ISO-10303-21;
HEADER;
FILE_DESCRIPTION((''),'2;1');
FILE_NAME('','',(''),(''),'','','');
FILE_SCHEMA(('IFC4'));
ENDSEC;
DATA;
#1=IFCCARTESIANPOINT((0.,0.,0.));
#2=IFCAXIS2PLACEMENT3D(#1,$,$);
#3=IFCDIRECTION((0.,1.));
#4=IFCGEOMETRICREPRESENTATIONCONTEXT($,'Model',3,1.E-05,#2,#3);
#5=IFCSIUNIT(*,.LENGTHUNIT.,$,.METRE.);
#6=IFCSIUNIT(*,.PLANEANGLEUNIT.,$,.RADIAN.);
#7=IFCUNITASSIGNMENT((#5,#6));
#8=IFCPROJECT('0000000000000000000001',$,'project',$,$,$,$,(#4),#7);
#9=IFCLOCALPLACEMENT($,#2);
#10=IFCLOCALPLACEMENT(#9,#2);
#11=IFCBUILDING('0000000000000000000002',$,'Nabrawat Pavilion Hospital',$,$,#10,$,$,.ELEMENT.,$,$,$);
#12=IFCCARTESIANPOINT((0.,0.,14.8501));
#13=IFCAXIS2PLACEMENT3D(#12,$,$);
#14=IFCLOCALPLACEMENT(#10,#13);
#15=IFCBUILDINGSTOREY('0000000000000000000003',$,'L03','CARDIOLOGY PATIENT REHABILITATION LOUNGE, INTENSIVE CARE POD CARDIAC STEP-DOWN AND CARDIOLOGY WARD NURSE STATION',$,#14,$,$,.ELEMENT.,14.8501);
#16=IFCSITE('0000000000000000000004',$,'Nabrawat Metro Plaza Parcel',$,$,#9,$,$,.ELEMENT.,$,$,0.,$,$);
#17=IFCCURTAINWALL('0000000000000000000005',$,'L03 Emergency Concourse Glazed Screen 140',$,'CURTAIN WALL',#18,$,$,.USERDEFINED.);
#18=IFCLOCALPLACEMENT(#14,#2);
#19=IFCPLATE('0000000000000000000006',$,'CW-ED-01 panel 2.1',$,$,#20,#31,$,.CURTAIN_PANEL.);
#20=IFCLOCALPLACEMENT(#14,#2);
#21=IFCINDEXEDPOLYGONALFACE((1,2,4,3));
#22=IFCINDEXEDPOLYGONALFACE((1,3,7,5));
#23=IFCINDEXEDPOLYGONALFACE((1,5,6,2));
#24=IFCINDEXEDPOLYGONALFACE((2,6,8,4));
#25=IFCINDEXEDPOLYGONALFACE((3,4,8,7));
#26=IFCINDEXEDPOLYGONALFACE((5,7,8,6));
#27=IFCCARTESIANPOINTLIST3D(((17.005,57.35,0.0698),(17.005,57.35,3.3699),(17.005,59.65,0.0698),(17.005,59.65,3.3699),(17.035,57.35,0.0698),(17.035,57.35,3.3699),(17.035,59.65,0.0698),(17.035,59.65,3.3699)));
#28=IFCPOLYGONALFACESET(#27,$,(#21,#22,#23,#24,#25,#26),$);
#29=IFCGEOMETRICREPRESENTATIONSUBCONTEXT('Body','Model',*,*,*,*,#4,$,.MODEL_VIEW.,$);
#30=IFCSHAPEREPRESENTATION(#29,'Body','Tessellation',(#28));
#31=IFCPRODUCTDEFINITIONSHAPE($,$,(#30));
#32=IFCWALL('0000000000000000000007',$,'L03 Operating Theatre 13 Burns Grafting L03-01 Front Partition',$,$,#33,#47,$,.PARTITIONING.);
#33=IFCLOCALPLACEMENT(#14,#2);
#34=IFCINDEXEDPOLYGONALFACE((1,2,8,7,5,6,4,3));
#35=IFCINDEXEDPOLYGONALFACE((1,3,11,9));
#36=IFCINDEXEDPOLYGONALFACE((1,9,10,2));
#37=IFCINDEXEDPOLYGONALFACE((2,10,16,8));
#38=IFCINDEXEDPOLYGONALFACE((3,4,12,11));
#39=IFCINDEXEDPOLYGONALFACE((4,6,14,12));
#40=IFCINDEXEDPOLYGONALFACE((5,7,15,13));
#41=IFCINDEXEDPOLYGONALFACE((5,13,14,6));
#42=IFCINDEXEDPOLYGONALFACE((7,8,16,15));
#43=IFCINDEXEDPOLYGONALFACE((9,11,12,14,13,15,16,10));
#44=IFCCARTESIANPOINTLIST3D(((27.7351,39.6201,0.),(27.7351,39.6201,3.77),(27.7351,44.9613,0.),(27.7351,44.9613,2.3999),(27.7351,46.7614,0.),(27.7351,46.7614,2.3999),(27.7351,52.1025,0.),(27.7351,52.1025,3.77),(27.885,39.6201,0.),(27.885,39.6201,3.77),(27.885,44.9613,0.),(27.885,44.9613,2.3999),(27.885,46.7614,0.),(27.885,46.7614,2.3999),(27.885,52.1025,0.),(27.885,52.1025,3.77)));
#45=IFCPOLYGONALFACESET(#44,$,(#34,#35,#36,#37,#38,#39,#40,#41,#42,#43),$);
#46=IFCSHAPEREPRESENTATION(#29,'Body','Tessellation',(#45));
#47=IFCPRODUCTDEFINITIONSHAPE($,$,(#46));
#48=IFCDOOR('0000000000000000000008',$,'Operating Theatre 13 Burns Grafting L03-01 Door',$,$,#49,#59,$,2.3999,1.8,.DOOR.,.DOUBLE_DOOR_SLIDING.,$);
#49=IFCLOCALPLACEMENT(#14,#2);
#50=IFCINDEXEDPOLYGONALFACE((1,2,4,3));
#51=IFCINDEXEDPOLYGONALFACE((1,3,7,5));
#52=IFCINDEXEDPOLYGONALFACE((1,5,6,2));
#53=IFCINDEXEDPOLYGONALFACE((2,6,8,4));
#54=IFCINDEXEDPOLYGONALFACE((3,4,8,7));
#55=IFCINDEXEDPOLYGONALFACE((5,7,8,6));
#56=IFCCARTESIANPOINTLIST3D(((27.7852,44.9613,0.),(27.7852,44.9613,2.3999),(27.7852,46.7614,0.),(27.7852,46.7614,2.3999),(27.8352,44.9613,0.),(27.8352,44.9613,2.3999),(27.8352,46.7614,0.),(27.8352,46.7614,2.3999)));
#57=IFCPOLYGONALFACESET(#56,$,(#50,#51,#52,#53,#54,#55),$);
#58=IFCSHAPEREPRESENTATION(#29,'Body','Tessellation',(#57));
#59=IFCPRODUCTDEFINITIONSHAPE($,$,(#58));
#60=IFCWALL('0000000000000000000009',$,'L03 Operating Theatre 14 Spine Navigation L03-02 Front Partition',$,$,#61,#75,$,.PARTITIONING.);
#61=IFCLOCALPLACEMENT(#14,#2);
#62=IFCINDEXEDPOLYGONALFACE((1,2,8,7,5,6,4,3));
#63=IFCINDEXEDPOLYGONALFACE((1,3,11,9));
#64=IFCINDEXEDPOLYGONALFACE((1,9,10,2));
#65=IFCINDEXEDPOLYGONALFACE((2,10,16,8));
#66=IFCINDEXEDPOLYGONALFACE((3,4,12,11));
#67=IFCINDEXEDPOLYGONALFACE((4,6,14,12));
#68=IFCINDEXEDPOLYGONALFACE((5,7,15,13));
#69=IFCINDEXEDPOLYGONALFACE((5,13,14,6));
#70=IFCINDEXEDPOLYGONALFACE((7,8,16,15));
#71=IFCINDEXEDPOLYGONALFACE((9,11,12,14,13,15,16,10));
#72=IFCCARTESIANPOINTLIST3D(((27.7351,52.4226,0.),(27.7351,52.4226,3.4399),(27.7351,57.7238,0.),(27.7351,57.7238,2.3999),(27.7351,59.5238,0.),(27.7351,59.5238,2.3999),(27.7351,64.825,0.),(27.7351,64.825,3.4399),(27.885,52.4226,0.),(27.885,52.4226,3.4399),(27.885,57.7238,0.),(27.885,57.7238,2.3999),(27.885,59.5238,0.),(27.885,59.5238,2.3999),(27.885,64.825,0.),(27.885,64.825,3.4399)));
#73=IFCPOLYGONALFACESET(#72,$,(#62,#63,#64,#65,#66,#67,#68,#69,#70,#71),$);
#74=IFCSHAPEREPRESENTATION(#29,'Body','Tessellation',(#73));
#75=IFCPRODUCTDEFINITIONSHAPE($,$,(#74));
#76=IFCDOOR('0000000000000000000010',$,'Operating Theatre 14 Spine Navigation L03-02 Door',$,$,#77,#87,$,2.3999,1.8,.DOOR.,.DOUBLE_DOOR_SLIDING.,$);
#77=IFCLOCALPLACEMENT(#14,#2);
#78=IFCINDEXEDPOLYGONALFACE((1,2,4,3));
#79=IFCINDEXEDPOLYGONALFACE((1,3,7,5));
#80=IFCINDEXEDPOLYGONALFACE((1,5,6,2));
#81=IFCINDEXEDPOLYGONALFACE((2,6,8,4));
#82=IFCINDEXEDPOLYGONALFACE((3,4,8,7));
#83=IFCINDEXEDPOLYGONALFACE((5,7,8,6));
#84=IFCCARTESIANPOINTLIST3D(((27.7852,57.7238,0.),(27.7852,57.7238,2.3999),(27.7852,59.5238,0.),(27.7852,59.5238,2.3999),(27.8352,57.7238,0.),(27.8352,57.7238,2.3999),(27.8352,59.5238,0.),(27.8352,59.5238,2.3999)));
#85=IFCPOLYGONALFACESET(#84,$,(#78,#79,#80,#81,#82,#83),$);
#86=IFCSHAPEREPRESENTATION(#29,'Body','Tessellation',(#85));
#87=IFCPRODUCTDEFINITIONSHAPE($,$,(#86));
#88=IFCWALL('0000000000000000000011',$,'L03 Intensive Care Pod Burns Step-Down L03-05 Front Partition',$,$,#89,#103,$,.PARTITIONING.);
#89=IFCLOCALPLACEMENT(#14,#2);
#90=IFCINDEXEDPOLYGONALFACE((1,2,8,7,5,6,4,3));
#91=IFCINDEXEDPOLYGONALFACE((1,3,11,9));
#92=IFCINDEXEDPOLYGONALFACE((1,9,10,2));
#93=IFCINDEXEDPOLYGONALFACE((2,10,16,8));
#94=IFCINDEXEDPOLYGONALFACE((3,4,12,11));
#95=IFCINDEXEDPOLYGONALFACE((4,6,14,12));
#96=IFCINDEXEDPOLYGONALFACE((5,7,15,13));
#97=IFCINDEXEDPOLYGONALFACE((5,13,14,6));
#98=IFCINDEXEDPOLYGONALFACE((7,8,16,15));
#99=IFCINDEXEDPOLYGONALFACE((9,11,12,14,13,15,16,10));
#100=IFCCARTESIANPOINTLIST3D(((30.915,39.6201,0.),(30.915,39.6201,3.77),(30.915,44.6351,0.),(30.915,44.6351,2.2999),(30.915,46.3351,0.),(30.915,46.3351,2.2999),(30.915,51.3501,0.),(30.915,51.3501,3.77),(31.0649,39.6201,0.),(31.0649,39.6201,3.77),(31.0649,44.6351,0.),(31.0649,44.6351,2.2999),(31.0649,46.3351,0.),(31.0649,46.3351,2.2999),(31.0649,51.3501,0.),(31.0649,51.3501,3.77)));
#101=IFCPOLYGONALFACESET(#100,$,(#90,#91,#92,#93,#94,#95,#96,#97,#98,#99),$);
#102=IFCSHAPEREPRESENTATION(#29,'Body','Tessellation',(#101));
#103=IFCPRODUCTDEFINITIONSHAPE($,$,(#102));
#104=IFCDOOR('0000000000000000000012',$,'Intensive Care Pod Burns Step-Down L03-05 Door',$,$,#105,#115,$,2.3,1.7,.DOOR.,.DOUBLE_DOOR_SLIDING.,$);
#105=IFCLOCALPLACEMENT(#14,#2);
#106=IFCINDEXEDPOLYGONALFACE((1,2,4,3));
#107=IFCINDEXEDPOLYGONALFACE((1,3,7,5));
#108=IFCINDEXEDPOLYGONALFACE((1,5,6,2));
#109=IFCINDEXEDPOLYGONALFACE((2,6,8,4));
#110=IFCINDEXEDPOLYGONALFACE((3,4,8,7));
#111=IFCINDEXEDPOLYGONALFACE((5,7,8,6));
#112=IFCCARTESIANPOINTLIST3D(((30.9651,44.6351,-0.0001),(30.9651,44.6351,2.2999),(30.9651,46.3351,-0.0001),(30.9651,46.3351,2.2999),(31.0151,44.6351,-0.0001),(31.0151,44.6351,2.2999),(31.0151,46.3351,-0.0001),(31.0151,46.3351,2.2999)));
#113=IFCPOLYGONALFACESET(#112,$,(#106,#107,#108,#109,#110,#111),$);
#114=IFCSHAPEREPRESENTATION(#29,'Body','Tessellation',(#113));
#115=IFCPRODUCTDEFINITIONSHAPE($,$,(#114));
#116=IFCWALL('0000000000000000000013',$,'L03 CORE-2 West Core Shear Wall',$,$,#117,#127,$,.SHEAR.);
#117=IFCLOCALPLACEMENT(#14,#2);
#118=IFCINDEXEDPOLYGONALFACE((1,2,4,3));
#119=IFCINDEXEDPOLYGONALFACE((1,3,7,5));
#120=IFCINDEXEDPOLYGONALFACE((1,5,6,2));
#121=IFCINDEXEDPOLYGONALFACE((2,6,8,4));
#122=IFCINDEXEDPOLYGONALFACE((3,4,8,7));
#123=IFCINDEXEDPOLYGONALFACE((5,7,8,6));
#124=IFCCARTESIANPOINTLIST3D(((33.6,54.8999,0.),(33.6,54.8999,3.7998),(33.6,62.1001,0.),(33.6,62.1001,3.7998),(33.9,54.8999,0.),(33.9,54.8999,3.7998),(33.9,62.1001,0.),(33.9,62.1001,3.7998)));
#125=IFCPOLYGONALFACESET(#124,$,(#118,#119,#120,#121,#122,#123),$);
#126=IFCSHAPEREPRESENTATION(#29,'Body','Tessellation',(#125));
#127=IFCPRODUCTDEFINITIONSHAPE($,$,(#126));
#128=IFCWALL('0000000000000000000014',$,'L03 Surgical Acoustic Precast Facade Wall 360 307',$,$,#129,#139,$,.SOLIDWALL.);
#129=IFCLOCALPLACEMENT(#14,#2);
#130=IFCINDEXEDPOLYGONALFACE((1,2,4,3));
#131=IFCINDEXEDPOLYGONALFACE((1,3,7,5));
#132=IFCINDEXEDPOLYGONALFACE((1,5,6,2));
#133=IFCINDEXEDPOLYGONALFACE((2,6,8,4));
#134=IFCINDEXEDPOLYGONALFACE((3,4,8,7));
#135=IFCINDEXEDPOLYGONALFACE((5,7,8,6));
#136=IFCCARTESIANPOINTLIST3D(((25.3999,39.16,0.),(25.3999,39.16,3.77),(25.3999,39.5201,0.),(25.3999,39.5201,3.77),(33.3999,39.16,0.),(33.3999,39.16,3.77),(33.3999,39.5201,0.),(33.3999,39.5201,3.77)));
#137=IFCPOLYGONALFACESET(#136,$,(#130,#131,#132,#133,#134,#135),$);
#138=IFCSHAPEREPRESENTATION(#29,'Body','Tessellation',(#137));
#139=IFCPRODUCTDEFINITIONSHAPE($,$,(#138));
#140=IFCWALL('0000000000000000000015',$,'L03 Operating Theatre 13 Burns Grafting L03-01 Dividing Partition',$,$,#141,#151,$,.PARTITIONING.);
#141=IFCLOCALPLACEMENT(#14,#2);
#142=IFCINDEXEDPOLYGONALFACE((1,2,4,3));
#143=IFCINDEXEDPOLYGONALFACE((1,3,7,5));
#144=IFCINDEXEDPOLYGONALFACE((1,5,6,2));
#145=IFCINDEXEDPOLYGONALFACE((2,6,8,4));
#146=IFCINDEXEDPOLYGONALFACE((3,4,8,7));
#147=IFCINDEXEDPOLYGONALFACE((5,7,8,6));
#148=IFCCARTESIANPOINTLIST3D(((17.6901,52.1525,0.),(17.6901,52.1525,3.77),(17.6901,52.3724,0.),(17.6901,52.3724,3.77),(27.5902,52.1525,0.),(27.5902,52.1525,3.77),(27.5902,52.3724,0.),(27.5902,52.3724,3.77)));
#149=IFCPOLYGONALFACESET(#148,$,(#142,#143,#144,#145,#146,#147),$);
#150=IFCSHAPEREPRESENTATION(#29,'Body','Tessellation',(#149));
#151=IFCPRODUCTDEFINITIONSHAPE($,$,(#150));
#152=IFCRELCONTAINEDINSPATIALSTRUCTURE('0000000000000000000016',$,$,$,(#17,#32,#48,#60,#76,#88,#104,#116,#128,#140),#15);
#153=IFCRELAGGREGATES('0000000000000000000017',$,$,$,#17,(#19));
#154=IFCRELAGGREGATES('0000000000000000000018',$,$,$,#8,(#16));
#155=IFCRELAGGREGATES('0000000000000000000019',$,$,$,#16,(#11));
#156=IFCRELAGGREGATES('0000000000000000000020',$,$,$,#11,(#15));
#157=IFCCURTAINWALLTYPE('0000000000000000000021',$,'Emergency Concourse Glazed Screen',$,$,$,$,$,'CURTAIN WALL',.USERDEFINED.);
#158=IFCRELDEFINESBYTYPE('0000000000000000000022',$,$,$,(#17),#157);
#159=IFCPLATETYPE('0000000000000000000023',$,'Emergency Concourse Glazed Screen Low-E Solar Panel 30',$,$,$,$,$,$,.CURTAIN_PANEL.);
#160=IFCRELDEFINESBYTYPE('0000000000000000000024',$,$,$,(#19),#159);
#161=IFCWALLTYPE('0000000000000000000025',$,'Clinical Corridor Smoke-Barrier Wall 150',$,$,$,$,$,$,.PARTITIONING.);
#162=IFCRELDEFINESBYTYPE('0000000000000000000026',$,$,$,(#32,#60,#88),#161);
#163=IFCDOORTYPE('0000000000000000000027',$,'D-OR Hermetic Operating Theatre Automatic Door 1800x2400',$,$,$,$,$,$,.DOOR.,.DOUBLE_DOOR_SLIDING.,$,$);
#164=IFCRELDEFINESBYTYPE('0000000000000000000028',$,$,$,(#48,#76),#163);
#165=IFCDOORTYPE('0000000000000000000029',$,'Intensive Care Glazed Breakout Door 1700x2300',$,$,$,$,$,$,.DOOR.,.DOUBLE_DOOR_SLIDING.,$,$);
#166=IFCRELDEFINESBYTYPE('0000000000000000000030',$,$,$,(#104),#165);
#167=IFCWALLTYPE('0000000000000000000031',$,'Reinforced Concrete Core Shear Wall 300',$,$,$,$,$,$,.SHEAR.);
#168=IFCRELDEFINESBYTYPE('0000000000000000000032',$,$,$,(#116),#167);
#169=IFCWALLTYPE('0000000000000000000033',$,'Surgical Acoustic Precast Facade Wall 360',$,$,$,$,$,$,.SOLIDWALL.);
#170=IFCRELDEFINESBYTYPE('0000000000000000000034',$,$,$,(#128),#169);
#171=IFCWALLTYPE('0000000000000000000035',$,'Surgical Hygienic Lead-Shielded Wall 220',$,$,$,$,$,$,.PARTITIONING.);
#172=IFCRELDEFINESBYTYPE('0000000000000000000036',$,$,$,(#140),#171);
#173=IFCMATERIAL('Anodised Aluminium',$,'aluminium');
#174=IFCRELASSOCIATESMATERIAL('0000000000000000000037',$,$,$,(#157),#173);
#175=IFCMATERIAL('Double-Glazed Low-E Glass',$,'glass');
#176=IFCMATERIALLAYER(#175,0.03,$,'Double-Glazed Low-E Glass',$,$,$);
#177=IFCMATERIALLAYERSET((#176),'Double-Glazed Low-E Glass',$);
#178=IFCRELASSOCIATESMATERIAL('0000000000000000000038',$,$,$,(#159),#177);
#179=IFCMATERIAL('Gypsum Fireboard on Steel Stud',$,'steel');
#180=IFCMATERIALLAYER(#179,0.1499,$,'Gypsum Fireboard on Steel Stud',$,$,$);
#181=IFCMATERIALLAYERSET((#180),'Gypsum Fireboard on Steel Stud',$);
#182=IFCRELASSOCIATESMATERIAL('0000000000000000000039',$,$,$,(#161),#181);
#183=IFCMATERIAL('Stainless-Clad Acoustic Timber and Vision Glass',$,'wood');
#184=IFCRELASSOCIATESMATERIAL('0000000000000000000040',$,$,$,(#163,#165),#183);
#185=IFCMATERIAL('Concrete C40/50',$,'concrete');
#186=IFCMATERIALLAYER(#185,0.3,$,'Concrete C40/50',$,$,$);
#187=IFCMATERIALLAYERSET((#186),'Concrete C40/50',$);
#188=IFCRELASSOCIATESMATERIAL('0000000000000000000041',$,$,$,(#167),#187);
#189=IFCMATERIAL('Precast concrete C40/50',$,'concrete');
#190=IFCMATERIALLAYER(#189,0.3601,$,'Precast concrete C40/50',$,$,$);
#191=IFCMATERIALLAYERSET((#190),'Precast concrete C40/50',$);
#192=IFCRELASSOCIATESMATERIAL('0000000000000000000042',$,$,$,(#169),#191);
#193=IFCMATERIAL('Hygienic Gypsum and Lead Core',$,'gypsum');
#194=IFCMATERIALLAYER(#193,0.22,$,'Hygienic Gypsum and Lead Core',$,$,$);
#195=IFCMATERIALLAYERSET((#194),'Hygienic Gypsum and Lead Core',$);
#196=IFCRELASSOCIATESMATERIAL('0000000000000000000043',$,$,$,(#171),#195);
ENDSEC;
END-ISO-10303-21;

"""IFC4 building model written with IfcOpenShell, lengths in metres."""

from ifc_helpers import new_model, si_unit, direction, frame, frame_2d, origin, origin_2d, place, context, subcontext, project, spatial, rectangle, extrude, material, layer, layer_set, type_object, element, fill, aggregate, save


model = new_model("IFC4")

# Units and contexts
model_context = context("Model", 3, precision=1e-05, world=origin(), true_north=direction((0.0, 1.0)))
body_context = subcontext(model_context, "Body", "Model", "MODEL_VIEW")
ifc_project = project(units=[si_unit("LENGTHUNIT", "METRE"), si_unit("PLANEANGLEUNIT", "RADIAN")], contexts=[model_context])

# Site, building, storey
site_placement = place(None, origin())
site = spatial("IfcSite", under=ifc_project, at=site_placement, Name="Nabrawat Metro Plaza Parcel", CompositionType="ELEMENT", RefElevation=0.0)
building_placement = place(site_placement, origin())
building = spatial("IfcBuilding", under=site, at=building_placement, Name="Nabrawat Pavilion Hospital", CompositionType="ELEMENT")
storey_placement = place(building_placement, frame((0.0, 0.0, 14.8501)))
storey = spatial("IfcBuildingStorey", under=building, at=storey_placement, Name="L03", Description="CARDIOLOGY PATIENT REHABILITATION LOUNGE, INTENSIVE CARE POD CARDIAC STEP-DOWN AND CARDIOLOGY WARD NURSE STATION", CompositionType="ELEMENT", Elevation=14.8501)

# Curtain wall
ifc_material_1 = material(Name="Anodised Aluminium", Category="aluminium")
curtain_wall_type = type_object("IfcCurtainWallType", Name="Emergency Concourse Glazed Screen", ElementType="CURTAIN WALL", PredefinedType="USERDEFINED", material=ifc_material_1)
curtain_wall_1_placement = place(storey_placement, origin())
curtain_wall_1 = element("IfcCurtainWall", 1, at=curtain_wall_1_placement, inside=storey, type_object=curtain_wall_type, Name="L03 Emergency Concourse Glazed Screen 140", ObjectType="CURTAIN WALL", PredefinedType="USERDEFINED")

# Plate
ifc_material_2 = material(Name="Double-Glazed Low-E Glass", Category="glass")
ifc_layer_1 = layer(ifc_material_2, 0.03, Name="Double-Glazed Low-E Glass")
ifc_layer_set_1 = layer_set([ifc_layer_1], Name="Double-Glazed Low-E Glass")
plate_type = type_object("IfcPlateType", Name="Emergency Concourse Glazed Screen Low-E Solar Panel 30", PredefinedType="CURTAIN_PANEL", material=ifc_layer_set_1)
plate_placement = place(storey_placement, frame((17.02, 58.5, 0.0698), z_axis=(0.0, 0.0, 1.0), x_axis=(0.0, 1.0, 0.0)))
plate = element("IfcPlate", 2, at=plate_placement, type_object=plate_type, Name="CW-ED-01 panel 2.1", PredefinedType="CURTAIN_PANEL", context=body_context, shape_type="SweptSolid", body=[
    extrude(rectangle(XDim=2.3, YDim=0.03, at=origin_2d()), origin(), (0.0, 0.0, 1.0), 3.3),
])
aggregate(curtain_wall_1, [plate])

# Walls, openings, doors
ifc_material_3 = material(Name="Gypsum Fireboard on Steel Stud", Category="steel")
ifc_layer_2 = layer(ifc_material_3, 0.1499, Name="Gypsum Fireboard on Steel Stud")
ifc_layer_set_2 = layer_set([ifc_layer_2], Name="Gypsum Fireboard on Steel Stud")
wall_type_1 = type_object("IfcWallType", Name="Clinical Corridor Smoke-Barrier Wall 150", PredefinedType="PARTITIONING", material=ifc_layer_set_2)
wall_1_placement = place(storey_placement, frame((27.8101, 39.6201, 0.0), z_axis=(0.0, 0.0, 1.0), x_axis=(0.0, 1.0, 0.0)))
wall_1 = element("IfcWall", 3, at=wall_1_placement, inside=storey, type_object=wall_type_1, Name="L03 Operating Theatre 13 Burns Grafting L03-01 Front Partition", PredefinedType="PARTITIONING", context=body_context, shape_type="SweptSolid", body=[
    extrude(rectangle(XDim=12.4824, YDim=0.1499, at=frame_2d((6.2412, 0.0))), origin(), (0.0, 0.0, 1.0), 3.77),
])
opening_1_placement = place(wall_1_placement, frame((5.3413, 0.0, 0.0)))
opening_1 = element("IfcOpeningElement", 4, at=opening_1_placement, cuts=wall_1, PredefinedType="OPENING", context=body_context, shape_type="SweptSolid", body=[
    extrude(rectangle(XDim=1.8, YDim=2.3999, at=frame_2d((0.8999, 1.2))), frame((0.0, 0.085, 0.0), z_axis=(0.0, -1.0, 0.0), x_axis=(1.0, 0.0, 0.0)), (0.0, 0.0, 1.0), 0.1699),
])
ifc_material_4 = material(Name="Stainless-Clad Acoustic Timber and Vision Glass", Category="wood")
door_type_1 = type_object("IfcDoorType", Name="D-OR Hermetic Operating Theatre Automatic Door 1800x2400", OperationType="DOUBLE_DOOR_SLIDING", PredefinedType="DOOR", material=ifc_material_4)
door_1_placement = place(opening_1_placement, origin())
door_1 = element("IfcDoor", 5, at=door_1_placement, inside=storey, type_object=door_type_1, Name="Operating Theatre 13 Burns Grafting L03-01 Door", OperationType="DOUBLE_DOOR_SLIDING", OverallHeight=2.3999, OverallWidth=1.8, PredefinedType="DOOR", context=body_context, shape_type="SweptSolid", body=[
    extrude(rectangle(XDim=1.8, YDim=2.3999, at=frame_2d((0.8999, 1.2))), frame((0.0, 0.0249, 0.0), z_axis=(0.0, -1.0, 0.0), x_axis=(1.0, 0.0, 0.0)), (0.0, 0.0, 1.0), 0.05),
])
fill(opening_1, door_1)
wall_2_placement = place(storey_placement, frame((27.8101, 52.4226, 0.0), z_axis=(0.0, 0.0, 1.0), x_axis=(0.0, 1.0, 0.0)))
wall_2 = element("IfcWall", 6, at=wall_2_placement, inside=storey, type_object=wall_type_1, Name="L03 Operating Theatre 14 Spine Navigation L03-02 Front Partition", PredefinedType="PARTITIONING", context=body_context, shape_type="SweptSolid", body=[
    extrude(rectangle(XDim=12.4023, YDim=0.1499, at=frame_2d((6.2012, 0.0))), origin(), (0.0, 0.0, 1.0), 3.4399),
])
opening_2_placement = place(wall_2_placement, frame((5.3013, 0.0, 0.0)))
opening_2 = element("IfcOpeningElement", 7, at=opening_2_placement, cuts=wall_2, PredefinedType="OPENING", context=body_context, shape_type="SweptSolid", body=[
    extrude(rectangle(XDim=1.8, YDim=2.3999, at=frame_2d((0.8999, 1.2))), frame((0.0, 0.085, 0.0), z_axis=(0.0, -1.0, 0.0), x_axis=(1.0, 0.0, 0.0)), (0.0, 0.0, 1.0), 0.1699),
])
door_2_placement = place(opening_2_placement, origin())
door_2 = element("IfcDoor", 8, at=door_2_placement, inside=storey, type_object=door_type_1, Name="Operating Theatre 14 Spine Navigation L03-02 Door", OperationType="DOUBLE_DOOR_SLIDING", OverallHeight=2.3999, OverallWidth=1.8, PredefinedType="DOOR", context=body_context, shape_type="SweptSolid", body=[
    extrude(rectangle(XDim=1.8, YDim=2.3999, at=frame_2d((0.8999, 1.2))), frame((0.0, 0.0249, 0.0), z_axis=(0.0, -1.0, 0.0), x_axis=(1.0, 0.0, 0.0)), (0.0, 0.0, 1.0), 0.05),
])
fill(opening_2, door_2)
wall_3_placement = place(storey_placement, frame((30.99, 39.6201, 0.0), z_axis=(0.0, 0.0, 1.0), x_axis=(0.0, 1.0, 0.0)))
wall_3 = element("IfcWall", 9, at=wall_3_placement, inside=storey, type_object=wall_type_1, Name="L03 Intensive Care Pod Burns Step-Down L03-05 Front Partition", PredefinedType="PARTITIONING", context=body_context, shape_type="SweptSolid", body=[
    extrude(rectangle(XDim=11.73, YDim=0.1499, at=frame_2d((5.865, 0.0))), origin(), (0.0, 0.0, 1.0), 3.77),
])
opening_3_placement = place(wall_3_placement, frame((5.0149, 0.0, 0.0)))
opening_3 = element("IfcOpeningElement", 10, at=opening_3_placement, cuts=wall_3, PredefinedType="OPENING", context=body_context, shape_type="SweptSolid", body=[
    extrude(rectangle(XDim=1.7, YDim=2.3, at=frame_2d((0.8501, 1.1499))), frame((0.0, 0.085, 0.0), z_axis=(0.0, -1.0, 0.0), x_axis=(1.0, 0.0, 0.0)), (0.0, 0.0, 1.0), 0.1699),
])
door_type_2 = type_object("IfcDoorType", Name="Intensive Care Glazed Breakout Door 1700x2300", OperationType="DOUBLE_DOOR_SLIDING", PredefinedType="DOOR", material=ifc_material_4)
door_3_placement = place(opening_3_placement, origin())
door_3 = element("IfcDoor", 11, at=door_3_placement, inside=storey, type_object=door_type_2, Name="Intensive Care Pod Burns Step-Down L03-05 Door", OperationType="DOUBLE_DOOR_SLIDING", OverallHeight=2.3, OverallWidth=1.7, PredefinedType="DOOR", context=body_context, shape_type="SweptSolid", body=[
    extrude(rectangle(XDim=1.7, YDim=2.3, at=frame_2d((0.8501, 1.1499))), frame((0.0, 0.0249, 0.0), z_axis=(0.0, -1.0, 0.0), x_axis=(1.0, 0.0, 0.0)), (0.0, 0.0, 1.0), 0.05),
])
fill(opening_3, door_3)

# Shared definitions
ifc_material_5 = material(Name="Concrete C40/50", Category="concrete")
ifc_layer_3 = layer(ifc_material_5, 0.3, Name="Concrete C40/50")
ifc_layer_set_3 = layer_set([ifc_layer_3], Name="Concrete C40/50")
wall_type_2 = type_object("IfcWallType", Name="Reinforced Concrete Core Shear Wall 300", PredefinedType="SHEAR", material=ifc_layer_set_3)

# Walls
wall_4_placement = place(storey_placement, frame((33.75, 54.8999, 0.0), z_axis=(0.0, 0.0, 1.0), x_axis=(0.0, 1.0, 0.0)))
element("IfcWall", 12, at=wall_4_placement, inside=storey, type_object=wall_type_2, Name="L03 CORE-2 West Core Shear Wall", PredefinedType="SHEAR", context=body_context, shape_type="SweptSolid", body=[
    extrude(rectangle(XDim=7.2002, YDim=0.3, at=frame_2d((3.6001, 0.0))), origin(), (0.0, 0.0, 1.0), 3.7998),
])
ifc_material_6 = material(Name="Precast concrete C40/50", Category="concrete")
ifc_layer_4 = layer(ifc_material_6, 0.3601, Name="Precast concrete C40/50")
ifc_layer_set_4 = layer_set([ifc_layer_4], Name="Precast concrete C40/50")
wall_type_3 = type_object("IfcWallType", Name="Surgical Acoustic Precast Facade Wall 360", PredefinedType="SOLIDWALL", material=ifc_layer_set_4)
wall_5_placement = place(storey_placement, frame((25.3999, 39.3401, 0.0), z_axis=(0.0, 0.0, 1.0), x_axis=(1.0, 0.0, 0.0)))
element("IfcWall", 13, at=wall_5_placement, inside=storey, type_object=wall_type_3, Name="L03 Surgical Acoustic Precast Facade Wall 360 307", PredefinedType="SOLIDWALL", context=body_context, shape_type="SweptSolid", body=[
    extrude(rectangle(XDim=8.0, YDim=0.3601, at=frame_2d((4.0, 0.0))), origin(), (0.0, 0.0, 1.0), 3.77),
])
ifc_material_7 = material(Name="Hygienic Gypsum and Lead Core", Category="gypsum")
ifc_layer_5 = layer(ifc_material_7, 0.22, Name="Hygienic Gypsum and Lead Core")
ifc_layer_set_5 = layer_set([ifc_layer_5], Name="Hygienic Gypsum and Lead Core")
wall_type_4 = type_object("IfcWallType", Name="Surgical Hygienic Lead-Shielded Wall 220", PredefinedType="PARTITIONING", material=ifc_layer_set_5)
wall_6_placement = place(storey_placement, frame((17.6899, 52.2625, 0.0), z_axis=(0.0, 0.0, 1.0), x_axis=(1.0, 0.0, 0.0)))
element("IfcWall", 14, at=wall_6_placement, inside=storey, type_object=wall_type_4, Name="L03 Operating Theatre 13 Burns Grafting L03-01 Dividing Partition", PredefinedType="PARTITIONING", context=body_context, shape_type="SweptSolid", body=[
    extrude(rectangle(XDim=9.9001, YDim=0.22, at=frame_2d((4.9502, 0.0))), origin(), (0.0, 0.0, 1.0), 3.77),
])

save(model, "model.ifc")
